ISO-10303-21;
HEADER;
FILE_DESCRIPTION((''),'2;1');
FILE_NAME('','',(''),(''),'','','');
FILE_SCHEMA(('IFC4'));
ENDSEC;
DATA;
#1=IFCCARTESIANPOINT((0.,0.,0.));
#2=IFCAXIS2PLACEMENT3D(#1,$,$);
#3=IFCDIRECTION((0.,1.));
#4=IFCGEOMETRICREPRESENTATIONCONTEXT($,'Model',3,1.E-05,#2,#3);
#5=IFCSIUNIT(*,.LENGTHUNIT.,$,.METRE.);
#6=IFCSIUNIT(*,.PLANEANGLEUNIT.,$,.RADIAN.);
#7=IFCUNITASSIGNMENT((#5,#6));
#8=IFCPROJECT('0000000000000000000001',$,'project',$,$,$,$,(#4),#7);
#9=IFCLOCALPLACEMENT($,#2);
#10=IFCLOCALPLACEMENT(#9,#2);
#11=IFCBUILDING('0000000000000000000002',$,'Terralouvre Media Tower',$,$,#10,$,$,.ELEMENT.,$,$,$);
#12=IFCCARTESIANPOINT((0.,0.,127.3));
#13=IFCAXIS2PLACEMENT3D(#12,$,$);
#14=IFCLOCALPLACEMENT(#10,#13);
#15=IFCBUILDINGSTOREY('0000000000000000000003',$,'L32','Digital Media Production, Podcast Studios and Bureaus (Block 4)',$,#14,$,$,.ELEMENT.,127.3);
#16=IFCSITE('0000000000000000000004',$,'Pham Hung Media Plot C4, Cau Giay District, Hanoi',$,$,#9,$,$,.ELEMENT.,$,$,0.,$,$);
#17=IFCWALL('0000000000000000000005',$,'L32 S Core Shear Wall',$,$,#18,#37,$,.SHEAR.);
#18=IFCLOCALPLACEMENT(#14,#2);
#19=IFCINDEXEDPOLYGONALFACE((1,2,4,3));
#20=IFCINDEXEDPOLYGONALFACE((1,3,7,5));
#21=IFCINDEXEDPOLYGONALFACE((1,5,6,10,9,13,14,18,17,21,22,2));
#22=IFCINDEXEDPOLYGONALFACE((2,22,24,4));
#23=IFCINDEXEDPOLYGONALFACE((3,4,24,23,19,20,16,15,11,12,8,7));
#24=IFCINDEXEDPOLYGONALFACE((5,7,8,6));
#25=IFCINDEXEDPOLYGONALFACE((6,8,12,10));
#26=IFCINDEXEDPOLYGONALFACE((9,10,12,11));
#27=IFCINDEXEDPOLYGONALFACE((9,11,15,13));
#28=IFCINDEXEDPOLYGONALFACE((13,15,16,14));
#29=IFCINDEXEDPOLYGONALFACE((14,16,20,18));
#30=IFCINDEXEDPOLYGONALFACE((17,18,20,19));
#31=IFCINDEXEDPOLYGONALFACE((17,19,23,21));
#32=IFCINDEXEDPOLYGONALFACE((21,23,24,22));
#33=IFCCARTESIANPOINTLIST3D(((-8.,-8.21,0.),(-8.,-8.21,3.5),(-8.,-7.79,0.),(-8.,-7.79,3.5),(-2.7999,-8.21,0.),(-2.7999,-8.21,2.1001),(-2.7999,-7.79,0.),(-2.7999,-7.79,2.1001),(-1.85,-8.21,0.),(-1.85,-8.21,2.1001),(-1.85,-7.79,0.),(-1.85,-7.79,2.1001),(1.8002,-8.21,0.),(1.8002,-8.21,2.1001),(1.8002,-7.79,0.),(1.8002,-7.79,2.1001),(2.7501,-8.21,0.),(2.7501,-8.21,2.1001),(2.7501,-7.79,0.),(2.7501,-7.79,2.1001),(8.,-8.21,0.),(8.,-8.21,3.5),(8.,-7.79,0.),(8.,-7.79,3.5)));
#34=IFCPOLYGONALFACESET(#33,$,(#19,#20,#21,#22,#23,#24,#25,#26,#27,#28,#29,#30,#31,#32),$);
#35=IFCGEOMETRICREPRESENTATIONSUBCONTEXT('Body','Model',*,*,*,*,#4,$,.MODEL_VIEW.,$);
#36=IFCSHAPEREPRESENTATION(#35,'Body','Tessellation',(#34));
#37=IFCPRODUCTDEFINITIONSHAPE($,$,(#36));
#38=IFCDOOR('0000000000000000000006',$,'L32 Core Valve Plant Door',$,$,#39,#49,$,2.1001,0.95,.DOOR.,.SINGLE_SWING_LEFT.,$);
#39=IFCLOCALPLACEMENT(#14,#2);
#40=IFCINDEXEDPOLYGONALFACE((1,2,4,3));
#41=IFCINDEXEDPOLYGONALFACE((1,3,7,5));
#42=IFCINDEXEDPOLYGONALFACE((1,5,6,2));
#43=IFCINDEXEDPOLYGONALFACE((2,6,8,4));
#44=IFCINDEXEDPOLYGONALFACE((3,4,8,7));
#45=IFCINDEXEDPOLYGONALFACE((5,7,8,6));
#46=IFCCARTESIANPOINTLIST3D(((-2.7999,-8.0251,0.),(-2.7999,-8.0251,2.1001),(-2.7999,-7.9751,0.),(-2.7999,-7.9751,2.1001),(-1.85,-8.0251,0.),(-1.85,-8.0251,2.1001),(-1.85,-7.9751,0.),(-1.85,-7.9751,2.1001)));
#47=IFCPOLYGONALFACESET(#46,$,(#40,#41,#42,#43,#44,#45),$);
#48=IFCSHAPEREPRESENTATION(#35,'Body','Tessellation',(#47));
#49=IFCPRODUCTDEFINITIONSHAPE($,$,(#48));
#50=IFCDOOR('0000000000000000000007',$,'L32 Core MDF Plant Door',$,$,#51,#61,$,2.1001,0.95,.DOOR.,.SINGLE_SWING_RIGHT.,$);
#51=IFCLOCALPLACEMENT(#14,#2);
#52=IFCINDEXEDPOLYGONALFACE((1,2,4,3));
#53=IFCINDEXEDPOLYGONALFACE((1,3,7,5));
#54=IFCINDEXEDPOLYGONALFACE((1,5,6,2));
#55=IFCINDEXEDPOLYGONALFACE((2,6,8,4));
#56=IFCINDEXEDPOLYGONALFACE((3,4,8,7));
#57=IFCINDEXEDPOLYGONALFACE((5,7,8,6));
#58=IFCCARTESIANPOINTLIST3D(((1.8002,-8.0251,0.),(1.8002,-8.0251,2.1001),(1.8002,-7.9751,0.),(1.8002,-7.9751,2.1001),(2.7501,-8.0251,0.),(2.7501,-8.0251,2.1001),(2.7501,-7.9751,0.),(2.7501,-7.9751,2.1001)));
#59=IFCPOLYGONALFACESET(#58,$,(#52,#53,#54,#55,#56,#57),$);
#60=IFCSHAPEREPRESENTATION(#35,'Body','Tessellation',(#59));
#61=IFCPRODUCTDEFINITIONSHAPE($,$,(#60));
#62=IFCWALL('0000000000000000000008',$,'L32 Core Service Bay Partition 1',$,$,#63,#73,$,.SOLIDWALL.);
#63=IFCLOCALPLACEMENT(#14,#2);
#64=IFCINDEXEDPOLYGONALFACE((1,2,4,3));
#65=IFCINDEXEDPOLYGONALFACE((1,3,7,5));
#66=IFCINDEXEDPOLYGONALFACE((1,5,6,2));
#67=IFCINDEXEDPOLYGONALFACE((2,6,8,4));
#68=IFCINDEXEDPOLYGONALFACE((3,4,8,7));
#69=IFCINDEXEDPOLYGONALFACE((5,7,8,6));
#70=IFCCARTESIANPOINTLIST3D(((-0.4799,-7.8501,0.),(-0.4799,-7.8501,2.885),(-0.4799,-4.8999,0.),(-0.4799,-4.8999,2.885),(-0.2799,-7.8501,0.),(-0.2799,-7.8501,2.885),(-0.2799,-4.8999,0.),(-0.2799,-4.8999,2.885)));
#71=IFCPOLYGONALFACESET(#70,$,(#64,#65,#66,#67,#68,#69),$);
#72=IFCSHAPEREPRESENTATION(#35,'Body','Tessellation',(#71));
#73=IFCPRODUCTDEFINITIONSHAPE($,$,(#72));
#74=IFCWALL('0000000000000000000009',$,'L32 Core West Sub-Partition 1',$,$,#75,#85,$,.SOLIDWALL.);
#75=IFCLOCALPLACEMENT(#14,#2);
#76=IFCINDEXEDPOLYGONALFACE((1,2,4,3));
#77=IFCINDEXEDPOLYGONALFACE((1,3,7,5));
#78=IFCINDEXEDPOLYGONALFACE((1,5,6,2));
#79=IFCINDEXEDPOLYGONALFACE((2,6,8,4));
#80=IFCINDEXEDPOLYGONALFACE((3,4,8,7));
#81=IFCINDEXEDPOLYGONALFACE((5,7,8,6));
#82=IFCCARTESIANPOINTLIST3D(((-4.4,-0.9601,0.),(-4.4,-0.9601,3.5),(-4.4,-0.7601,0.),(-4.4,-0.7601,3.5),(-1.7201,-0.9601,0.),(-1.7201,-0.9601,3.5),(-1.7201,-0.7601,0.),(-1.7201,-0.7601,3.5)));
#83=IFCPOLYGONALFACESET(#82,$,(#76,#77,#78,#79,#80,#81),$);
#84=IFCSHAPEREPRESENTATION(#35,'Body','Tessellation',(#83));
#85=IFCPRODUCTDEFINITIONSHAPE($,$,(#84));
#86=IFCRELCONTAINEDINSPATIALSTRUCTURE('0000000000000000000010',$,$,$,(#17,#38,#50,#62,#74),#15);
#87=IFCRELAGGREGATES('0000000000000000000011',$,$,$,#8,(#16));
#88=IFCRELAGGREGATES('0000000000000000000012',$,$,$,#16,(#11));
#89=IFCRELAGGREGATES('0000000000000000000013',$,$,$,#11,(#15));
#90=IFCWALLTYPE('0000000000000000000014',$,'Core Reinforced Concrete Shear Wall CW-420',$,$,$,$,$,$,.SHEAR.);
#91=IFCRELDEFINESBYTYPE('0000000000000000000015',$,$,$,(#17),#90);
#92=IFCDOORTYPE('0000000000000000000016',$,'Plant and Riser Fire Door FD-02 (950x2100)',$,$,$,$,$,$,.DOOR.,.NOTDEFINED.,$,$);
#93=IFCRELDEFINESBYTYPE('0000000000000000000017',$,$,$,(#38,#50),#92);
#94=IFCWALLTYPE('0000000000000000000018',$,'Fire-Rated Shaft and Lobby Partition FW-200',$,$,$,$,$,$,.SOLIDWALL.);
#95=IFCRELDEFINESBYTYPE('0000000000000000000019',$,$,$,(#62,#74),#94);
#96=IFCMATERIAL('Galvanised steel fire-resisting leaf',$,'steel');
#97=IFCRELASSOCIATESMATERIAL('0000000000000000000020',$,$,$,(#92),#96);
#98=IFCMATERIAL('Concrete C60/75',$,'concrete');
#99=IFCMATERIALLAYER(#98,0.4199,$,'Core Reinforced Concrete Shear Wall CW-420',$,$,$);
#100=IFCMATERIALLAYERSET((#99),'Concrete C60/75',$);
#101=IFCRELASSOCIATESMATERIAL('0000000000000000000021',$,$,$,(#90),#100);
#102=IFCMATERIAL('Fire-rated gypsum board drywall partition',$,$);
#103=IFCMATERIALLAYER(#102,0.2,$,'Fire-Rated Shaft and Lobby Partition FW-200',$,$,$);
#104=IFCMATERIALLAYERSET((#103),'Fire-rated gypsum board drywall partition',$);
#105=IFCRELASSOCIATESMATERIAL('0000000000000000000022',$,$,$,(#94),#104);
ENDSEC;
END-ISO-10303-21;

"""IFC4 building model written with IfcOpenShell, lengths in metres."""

from ifc_helpers import new_model, si_unit, direction, frame, frame_2d, origin, place, context, subcontext, project, spatial, rectangle, extrude, material, layer, layer_set, type_object, element, fill, save


model = new_model("IFC4")

# Units and contexts
model_context = context("Model", 3, precision=1e-05, world=origin(), true_north=direction((0.0, 1.0)))
body_context = subcontext(model_context, "Body", "Model", "MODEL_VIEW")
ifc_project = project(units=[si_unit("LENGTHUNIT", "METRE"), si_unit("PLANEANGLEUNIT", "RADIAN")], contexts=[model_context])

# Site, building, storey
site_placement = place(None, origin())
site = spatial("IfcSite", under=ifc_project, at=site_placement, Name="Pham Hung Media Plot C4, Cau Giay District, Hanoi", CompositionType="ELEMENT", RefElevation=0.0)
building_placement = place(site_placement, origin())
building = spatial("IfcBuilding", under=site, at=building_placement, Name="Terralouvre Media Tower", CompositionType="ELEMENT")
storey_placement = place(building_placement, frame((0.0, 0.0, 127.3)))
storey = spatial("IfcBuildingStorey", under=building, at=storey_placement, Name="L32", Description="Digital Media Production, Podcast Studios and Bureaus (Block 4)", CompositionType="ELEMENT", Elevation=127.3)

# Wall, openings, doors
ifc_material_1 = material(Name="Galvanised steel fire-resisting leaf", Category="steel")
door_type_1 = type_object("IfcDoorType", Name="Plant and Riser Fire Door FD-02 (950x2100)", OperationType="NOTDEFINED", PredefinedType="DOOR", material=ifc_material_1)
ifc_material_2 = material(Name="Concrete C60/75", Category="concrete")
ifc_layer_1 = layer(ifc_material_2, 0.4199, Name="Core Reinforced Concrete Shear Wall CW-420")
ifc_layer_set_1 = layer_set([ifc_layer_1], Name="Concrete C60/75")
wall_type_1 = type_object("IfcWallType", Name="Core Reinforced Concrete Shear Wall CW-420", PredefinedType="SHEAR", material=ifc_layer_set_1)
wall_1_placement = place(storey_placement, frame((-8.0, -8.0, 0.0), z_axis=(0.0, 0.0, 1.0), x_axis=(1.0, 0.0, 0.0)))
wall_1 = element("IfcWall", 1, at=wall_1_placement, inside=storey, type_object=wall_type_1, Name="L32 S Core Shear Wall", PredefinedType="SHEAR", context=body_context, shape_type="SweptSolid", body=[
    extrude(rectangle(XDim=16.0, YDim=0.4199, at=frame_2d((8.0, 0.0))), origin(), (0.0, 0.0, 1.0), 3.5),
])
opening_1_placement = place(wall_1_placement, frame((5.2, 0.0, 0.0)))
opening_1 = element("IfcOpeningElement", 2, at=opening_1_placement, cuts=wall_1, PredefinedType="OPENING", context=body_context, shape_type="SweptSolid", body=[
    extrude(rectangle(XDim=0.95, YDim=2.1001, at=frame_2d((0.4751, 1.05))), frame((0.0, 0.22, 0.0), z_axis=(0.0, -1.0, 0.0), x_axis=(1.0, 0.0, 0.0)), (0.0, 0.0, 1.0), 0.4399),
])
opening_2_placement = place(wall_1_placement, frame((9.8, 0.0, 0.0)))
opening_2 = element("IfcOpeningElement", 3, at=opening_2_placement, cuts=wall_1, PredefinedType="OPENING", context=body_context, shape_type="SweptSolid", body=[
    extrude(rectangle(XDim=0.95, YDim=2.1001, at=frame_2d((0.4751, 1.05))), frame((0.0, 0.22, 0.0), z_axis=(0.0, -1.0, 0.0), x_axis=(1.0, 0.0, 0.0)), (0.0, 0.0, 1.0), 0.4399),
])
door_1_placement = place(opening_1_placement, origin())
door_1 = element("IfcDoor", 4, at=door_1_placement, inside=storey, type_object=door_type_1, Name="L32 Core Valve Plant Door", OperationType="SINGLE_SWING_LEFT", OverallHeight=2.1001, OverallWidth=0.95, PredefinedType="DOOR", context=body_context, shape_type="SweptSolid", body=[
    extrude(rectangle(XDim=0.95, YDim=2.1001, at=frame_2d((0.4751, 1.05))), frame((0.0, 0.0249, 0.0), z_axis=(0.0, -1.0, 0.0), x_axis=(1.0, 0.0, 0.0)), (0.0, 0.0, 1.0), 0.05),
])
fill(opening_1, door_1)
door_2_placement = place(opening_2_placement, origin())
door_2 = element("IfcDoor", 5, at=door_2_placement, inside=storey, type_object=door_type_1, Name="L32 Core MDF Plant Door", OperationType="SINGLE_SWING_RIGHT", OverallHeight=2.1001, OverallWidth=0.95, PredefinedType="DOOR", context=body_context, shape_type="SweptSolid", body=[
    extrude(rectangle(XDim=0.95, YDim=2.1001, at=frame_2d((0.4751, 1.05))), frame((0.0, 0.0249, 0.0), z_axis=(0.0, -1.0, 0.0), x_axis=(1.0, 0.0, 0.0)), (0.0, 0.0, 1.0), 0.05),
])
fill(opening_2, door_2)

# Walls
ifc_material_3 = material(Name="Fire-rated gypsum board drywall partition")
ifc_layer_2 = layer(ifc_material_3, 0.2, Name="Fire-Rated Shaft and Lobby Partition FW-200")
ifc_layer_set_2 = layer_set([ifc_layer_2], Name="Fire-rated gypsum board drywall partition")
wall_type_2 = type_object("IfcWallType", Name="Fire-Rated Shaft and Lobby Partition FW-200", PredefinedType="SOLIDWALL", material=ifc_layer_set_2)
wall_2_placement = place(storey_placement, frame((-0.3799, -7.8501, 0.0), z_axis=(0.0, 0.0, 1.0), x_axis=(0.0, 1.0, 0.0)))
element("IfcWall", 6, at=wall_2_placement, inside=storey, type_object=wall_type_2, Name="L32 Core Service Bay Partition 1", PredefinedType="SOLIDWALL", context=body_context, shape_type="SweptSolid", body=[
    extrude(rectangle(XDim=2.9502, YDim=0.2, at=frame_2d((1.4751, 0.0))), origin(), (0.0, 0.0, 1.0), 2.885),
])
wall_3_placement = place(storey_placement, frame((-4.3999, -0.8601, 0.0), z_axis=(0.0, 0.0, 1.0), x_axis=(1.0, 0.0, 0.0)))
element("IfcWall", 7, at=wall_3_placement, inside=storey, type_object=wall_type_2, Name="L32 Core West Sub-Partition 1", PredefinedType="SOLIDWALL", context=body_context, shape_type="SweptSolid", body=[
    extrude(rectangle(XDim=2.6799, YDim=0.2, at=frame_2d((1.3398, 0.0))), origin(), (0.0, 0.0, 1.0), 3.5),
])

save(model, "model.ifc")
